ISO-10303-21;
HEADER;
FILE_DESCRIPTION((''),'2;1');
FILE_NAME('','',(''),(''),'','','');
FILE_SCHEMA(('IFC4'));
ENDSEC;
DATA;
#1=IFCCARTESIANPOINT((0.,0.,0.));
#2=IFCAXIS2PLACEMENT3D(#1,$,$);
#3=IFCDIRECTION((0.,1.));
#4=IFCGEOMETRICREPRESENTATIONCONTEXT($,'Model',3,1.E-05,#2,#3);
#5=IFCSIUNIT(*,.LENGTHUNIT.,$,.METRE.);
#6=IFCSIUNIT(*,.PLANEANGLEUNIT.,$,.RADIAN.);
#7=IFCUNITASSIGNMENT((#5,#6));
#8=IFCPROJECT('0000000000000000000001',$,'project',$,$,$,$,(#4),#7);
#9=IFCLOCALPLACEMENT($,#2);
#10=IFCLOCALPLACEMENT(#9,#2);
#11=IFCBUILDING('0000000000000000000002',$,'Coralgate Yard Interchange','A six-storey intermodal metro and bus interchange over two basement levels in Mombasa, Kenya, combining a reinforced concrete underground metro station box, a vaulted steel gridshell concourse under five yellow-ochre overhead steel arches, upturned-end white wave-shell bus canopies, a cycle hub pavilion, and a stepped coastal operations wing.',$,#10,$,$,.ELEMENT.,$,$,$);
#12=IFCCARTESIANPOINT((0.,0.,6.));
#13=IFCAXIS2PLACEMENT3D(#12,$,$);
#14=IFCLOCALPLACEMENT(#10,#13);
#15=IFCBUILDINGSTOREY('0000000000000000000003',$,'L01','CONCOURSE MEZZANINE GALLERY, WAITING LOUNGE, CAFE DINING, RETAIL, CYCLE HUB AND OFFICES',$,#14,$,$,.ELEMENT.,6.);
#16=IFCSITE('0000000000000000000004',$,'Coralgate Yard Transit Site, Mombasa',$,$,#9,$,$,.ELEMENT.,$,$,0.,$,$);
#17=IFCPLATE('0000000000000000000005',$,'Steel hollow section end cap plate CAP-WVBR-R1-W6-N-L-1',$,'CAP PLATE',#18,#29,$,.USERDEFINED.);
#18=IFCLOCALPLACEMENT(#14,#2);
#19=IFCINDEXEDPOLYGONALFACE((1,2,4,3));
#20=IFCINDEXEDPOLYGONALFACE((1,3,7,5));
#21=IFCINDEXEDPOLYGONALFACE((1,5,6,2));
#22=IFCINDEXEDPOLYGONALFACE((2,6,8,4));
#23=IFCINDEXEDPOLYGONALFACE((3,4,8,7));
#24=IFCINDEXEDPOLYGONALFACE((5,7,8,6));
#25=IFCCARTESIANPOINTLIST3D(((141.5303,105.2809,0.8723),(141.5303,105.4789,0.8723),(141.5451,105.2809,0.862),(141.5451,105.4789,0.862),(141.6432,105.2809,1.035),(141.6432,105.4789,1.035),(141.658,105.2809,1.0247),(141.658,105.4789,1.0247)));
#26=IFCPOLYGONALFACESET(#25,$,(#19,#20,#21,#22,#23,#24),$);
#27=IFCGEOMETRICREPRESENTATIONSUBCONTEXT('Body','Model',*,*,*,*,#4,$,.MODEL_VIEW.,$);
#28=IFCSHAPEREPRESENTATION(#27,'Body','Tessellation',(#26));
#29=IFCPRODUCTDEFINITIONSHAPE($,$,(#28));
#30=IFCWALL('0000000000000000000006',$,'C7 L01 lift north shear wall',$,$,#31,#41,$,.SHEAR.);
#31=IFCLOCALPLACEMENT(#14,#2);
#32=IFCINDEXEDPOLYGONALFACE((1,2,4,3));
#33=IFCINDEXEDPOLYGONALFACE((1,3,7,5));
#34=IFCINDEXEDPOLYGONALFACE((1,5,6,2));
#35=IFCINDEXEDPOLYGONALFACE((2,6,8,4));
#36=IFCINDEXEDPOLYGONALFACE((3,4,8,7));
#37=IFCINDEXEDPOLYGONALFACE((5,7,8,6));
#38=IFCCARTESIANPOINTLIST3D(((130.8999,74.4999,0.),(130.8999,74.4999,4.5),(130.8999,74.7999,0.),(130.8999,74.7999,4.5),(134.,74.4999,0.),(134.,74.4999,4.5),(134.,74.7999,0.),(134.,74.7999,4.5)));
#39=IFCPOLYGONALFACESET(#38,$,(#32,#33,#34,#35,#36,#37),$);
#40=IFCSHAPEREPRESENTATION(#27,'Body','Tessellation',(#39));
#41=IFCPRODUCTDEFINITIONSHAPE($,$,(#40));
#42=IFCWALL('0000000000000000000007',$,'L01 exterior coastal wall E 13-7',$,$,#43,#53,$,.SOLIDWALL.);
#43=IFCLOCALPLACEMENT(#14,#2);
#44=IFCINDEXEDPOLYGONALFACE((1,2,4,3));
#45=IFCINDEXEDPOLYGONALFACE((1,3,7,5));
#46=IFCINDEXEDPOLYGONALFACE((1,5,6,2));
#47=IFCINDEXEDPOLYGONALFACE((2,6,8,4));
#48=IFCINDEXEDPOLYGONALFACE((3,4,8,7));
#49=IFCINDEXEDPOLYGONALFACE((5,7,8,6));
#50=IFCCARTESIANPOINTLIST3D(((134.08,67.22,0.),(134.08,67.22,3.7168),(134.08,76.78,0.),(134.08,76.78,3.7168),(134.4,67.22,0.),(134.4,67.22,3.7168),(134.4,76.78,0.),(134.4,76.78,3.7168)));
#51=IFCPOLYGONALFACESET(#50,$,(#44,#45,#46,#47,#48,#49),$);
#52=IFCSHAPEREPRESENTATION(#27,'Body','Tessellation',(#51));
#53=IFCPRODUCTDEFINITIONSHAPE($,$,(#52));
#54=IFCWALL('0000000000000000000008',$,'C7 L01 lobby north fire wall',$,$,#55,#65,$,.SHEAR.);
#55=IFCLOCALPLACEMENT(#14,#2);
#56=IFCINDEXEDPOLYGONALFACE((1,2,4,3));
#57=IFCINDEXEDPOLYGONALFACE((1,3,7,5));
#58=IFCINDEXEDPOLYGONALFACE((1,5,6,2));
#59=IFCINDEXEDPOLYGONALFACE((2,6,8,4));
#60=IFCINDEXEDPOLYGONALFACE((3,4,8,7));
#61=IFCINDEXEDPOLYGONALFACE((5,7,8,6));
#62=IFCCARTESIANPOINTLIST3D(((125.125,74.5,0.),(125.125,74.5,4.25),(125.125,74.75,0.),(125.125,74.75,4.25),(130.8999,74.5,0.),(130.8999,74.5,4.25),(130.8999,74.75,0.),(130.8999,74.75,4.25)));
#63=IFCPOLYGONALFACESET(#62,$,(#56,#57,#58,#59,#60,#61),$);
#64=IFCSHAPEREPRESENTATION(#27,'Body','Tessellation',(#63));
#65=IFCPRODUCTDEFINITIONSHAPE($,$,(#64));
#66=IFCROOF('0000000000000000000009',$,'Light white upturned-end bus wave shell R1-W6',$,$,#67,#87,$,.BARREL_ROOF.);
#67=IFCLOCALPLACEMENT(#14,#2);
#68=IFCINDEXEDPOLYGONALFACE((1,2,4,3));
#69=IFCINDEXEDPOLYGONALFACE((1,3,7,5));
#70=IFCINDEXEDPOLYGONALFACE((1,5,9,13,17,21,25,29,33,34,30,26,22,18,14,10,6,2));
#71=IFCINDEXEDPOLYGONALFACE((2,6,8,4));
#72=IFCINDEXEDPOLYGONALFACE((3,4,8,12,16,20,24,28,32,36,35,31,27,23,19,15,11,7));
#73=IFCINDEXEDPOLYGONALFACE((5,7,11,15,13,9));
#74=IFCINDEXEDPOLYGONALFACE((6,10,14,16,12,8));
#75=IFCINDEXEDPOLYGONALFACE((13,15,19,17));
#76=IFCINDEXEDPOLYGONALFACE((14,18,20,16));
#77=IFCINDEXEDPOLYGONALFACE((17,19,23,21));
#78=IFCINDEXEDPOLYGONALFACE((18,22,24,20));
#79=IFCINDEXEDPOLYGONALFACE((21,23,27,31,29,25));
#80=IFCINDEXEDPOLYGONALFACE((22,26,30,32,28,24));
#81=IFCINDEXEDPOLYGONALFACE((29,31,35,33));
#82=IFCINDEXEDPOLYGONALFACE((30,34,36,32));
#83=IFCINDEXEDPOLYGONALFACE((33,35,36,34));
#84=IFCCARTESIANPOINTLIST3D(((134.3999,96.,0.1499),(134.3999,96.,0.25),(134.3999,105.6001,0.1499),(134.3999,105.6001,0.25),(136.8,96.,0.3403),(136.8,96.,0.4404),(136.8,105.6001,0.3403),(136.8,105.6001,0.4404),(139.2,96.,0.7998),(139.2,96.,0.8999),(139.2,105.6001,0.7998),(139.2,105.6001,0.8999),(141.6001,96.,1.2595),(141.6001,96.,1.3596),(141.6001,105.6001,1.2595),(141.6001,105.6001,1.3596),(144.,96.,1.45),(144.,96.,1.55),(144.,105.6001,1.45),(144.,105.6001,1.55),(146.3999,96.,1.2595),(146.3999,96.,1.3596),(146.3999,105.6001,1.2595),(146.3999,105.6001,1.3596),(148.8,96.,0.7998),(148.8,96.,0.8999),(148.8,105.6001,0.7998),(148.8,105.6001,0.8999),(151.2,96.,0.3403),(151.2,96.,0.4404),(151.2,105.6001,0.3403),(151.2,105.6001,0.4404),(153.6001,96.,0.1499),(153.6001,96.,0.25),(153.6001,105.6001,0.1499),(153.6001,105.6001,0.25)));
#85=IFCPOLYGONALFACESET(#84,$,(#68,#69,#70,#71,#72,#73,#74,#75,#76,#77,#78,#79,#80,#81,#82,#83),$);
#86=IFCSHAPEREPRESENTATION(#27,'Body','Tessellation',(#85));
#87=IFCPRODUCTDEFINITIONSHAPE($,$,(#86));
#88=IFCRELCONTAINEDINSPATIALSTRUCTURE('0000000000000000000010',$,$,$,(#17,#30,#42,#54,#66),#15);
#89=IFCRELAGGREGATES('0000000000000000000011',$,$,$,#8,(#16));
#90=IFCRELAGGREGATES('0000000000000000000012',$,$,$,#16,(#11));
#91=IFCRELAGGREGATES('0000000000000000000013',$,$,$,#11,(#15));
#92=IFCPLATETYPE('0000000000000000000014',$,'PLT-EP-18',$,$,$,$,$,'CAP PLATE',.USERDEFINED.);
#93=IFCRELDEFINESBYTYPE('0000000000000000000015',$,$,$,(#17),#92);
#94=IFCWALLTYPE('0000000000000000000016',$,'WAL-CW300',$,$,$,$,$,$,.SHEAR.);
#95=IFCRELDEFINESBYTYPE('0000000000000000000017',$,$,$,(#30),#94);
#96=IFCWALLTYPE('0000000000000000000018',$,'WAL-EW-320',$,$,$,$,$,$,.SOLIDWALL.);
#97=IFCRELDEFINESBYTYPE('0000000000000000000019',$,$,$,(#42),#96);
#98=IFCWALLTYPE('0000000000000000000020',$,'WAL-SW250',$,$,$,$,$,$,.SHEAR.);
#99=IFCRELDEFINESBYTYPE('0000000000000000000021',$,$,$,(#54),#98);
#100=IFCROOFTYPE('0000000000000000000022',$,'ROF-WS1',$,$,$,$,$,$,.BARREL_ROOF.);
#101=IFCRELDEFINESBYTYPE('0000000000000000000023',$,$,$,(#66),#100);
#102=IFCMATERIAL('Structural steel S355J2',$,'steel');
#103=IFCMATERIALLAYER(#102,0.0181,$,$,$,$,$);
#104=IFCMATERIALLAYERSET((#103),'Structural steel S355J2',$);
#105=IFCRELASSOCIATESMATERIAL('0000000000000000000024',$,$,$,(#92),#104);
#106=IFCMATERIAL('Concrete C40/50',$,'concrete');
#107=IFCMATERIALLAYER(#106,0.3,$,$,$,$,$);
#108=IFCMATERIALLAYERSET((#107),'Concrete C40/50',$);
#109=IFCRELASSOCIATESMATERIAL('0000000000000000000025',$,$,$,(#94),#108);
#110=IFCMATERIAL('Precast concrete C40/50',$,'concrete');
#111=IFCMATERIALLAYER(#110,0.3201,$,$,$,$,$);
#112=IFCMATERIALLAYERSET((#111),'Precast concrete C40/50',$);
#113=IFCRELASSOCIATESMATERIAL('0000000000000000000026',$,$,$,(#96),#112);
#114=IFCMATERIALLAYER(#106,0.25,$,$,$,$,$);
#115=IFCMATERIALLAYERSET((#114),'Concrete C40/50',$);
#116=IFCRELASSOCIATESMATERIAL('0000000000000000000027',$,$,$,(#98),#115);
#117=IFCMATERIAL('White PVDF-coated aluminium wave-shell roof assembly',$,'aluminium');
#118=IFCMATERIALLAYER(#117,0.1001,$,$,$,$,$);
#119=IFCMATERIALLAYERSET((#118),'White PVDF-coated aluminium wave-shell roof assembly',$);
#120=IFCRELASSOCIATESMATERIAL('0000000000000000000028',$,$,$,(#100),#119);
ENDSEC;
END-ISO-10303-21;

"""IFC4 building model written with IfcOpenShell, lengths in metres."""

from ifc_helpers import new_model, si_unit, direction, frame, frame_2d, origin, origin_2d, place, context, subcontext, project, spatial, polyline, rectangle, outline, extrude, material, layer, layer_set, type_object, element, save


model = new_model("IFC4")

# Units and contexts
model_context = context("Model", 3, precision=1e-05, world=origin(), true_north=direction((0.0, 1.0)))
body_context = subcontext(model_context, "Body", "Model", "MODEL_VIEW")
ifc_project = project(units=[si_unit("LENGTHUNIT", "METRE"), si_unit("PLANEANGLEUNIT", "RADIAN")], contexts=[model_context])

# Site, building, storey
site_placement = place(None, origin())
site = spatial("IfcSite", under=ifc_project, at=site_placement, Name="Coralgate Yard Transit Site, Mombasa", CompositionType="ELEMENT", RefElevation=0.0)
building_placement = place(site_placement, origin())
building = spatial("IfcBuilding", under=site, at=building_placement, Name="Coralgate Yard Interchange", Description="A six-storey intermodal metro and bus interchange over two basement levels in Mombasa, Kenya, combining a reinforced concrete underground metro station box, a vaulted steel gridshell concourse under five yellow-ochre overhead steel arches, upturned-end white wave-shell bus canopies, a cycle hub pavilion, and a stepped coastal operations wing.", CompositionType="ELEMENT")
storey_placement = place(building_placement, frame((0.0, 0.0, 6.0)))
storey = spatial("IfcBuildingStorey", under=building, at=storey_placement, Name="L01", Description="CONCOURSE MEZZANINE GALLERY, WAITING LOUNGE, CAFE DINING, RETAIL, CYCLE HUB AND OFFICES", CompositionType="ELEMENT", Elevation=6.0)

# Shared definitions
ifc_material_1 = material(Name="Structural steel S355J2", Category="steel")

# Plate
ifc_layer_1 = layer(ifc_material_1, 0.0181)
ifc_layer_set_1 = layer_set([ifc_layer_1], Name="Structural steel S355J2")
plate_type = type_object("IfcPlateType", Name="PLT-EP-18", ElementType="CAP PLATE", PredefinedType="USERDEFINED", material=ifc_layer_set_1)
for number, where, z_axis, x_axis, name in (
    (1, (141.6016, 105.3799, 0.9434), (-0.821436, 0.0, 0.570301), (0.0, -1.0, 0.0), "Steel hollow section end cap plate CAP-WVBR-R1-W6-N-L-1"),
):
    element("IfcPlate", number, at=place(storey_placement, frame(where, z_axis=z_axis, x_axis=x_axis)), inside=storey, type_object=plate_type, Name=name, ObjectType="CAP PLATE", PredefinedType="USERDEFINED", context=body_context, shape_type="SweptSolid", body=[
        extrude(rectangle(XDim=0.198, YDim=0.198, at=origin_2d()), origin(), (0.0, 0.0, 1.0), 0.0181),
    ])

# Shared definitions
ifc_material_2 = material(Name="Concrete C40/50", Category="concrete")
ifc_layer_2 = layer(ifc_material_2, 0.3)
ifc_layer_set_2 = layer_set([ifc_layer_2], Name="Concrete C40/50")
wall_type_1 = type_object("IfcWallType", Name="WAL-CW300", PredefinedType="SHEAR", material=ifc_layer_set_2)

# Walls
wall_1_placement = place(storey_placement, frame((130.8999, 74.6499, 0.0), z_axis=(0.0, 0.0, 1.0), x_axis=(1.0, 0.0, 0.0)))
element("IfcWall", 2, at=wall_1_placement, inside=storey, type_object=wall_type_1, Name="C7 L01 lift north shear wall", PredefinedType="SHEAR", context=body_context, shape_type="SweptSolid", body=[
    extrude(rectangle(XDim=3.1001, YDim=0.3, at=frame_2d((1.55, 0.0))), origin(), (0.0, 0.0, 1.0), 4.5),
])
ifc_material_3 = material(Name="Precast concrete C40/50", Category="concrete")
ifc_layer_3 = layer(ifc_material_3, 0.3201)
ifc_layer_set_3 = layer_set([ifc_layer_3], Name="Precast concrete C40/50")
wall_type_2 = type_object("IfcWallType", Name="WAL-EW-320", PredefinedType="SOLIDWALL", material=ifc_layer_set_3)
wall_2_placement = place(storey_placement, frame((134.24, 76.78, 0.0), z_axis=(0.0, 0.0, 1.0), x_axis=(0.0, -1.0, 0.0)))
element("IfcWall", 3, at=wall_2_placement, inside=storey, type_object=wall_type_2, Name="L01 exterior coastal wall E 13-7", PredefinedType="SOLIDWALL", context=body_context, shape_type="SweptSolid", body=[
    extrude(rectangle(XDim=9.5601, YDim=0.3201, at=frame_2d((4.78, 0.0))), origin(), (0.0, 0.0, 1.0), 3.7168),
])
ifc_layer_4 = layer(ifc_material_2, 0.25)
ifc_layer_set_4 = layer_set([ifc_layer_4], Name="Concrete C40/50")
wall_type_3 = type_object("IfcWallType", Name="WAL-SW250", PredefinedType="SHEAR", material=ifc_layer_set_4)
wall_3_placement = place(storey_placement, frame((130.8999, 74.625, 0.0), z_axis=(0.0, 0.0, 1.0), x_axis=(-1.0, 0.0, 0.0)))
element("IfcWall", 4, at=wall_3_placement, inside=storey, type_object=wall_type_3, Name="C7 L01 lobby north fire wall", PredefinedType="SHEAR", context=body_context, shape_type="SweptSolid", body=[
    extrude(rectangle(XDim=5.7749, YDim=0.25, at=frame_2d((2.8875, 0.0))), origin(), (0.0, 0.0, 1.0), 4.25),
])

# Roof
ifc_material_4 = material(Name="White PVDF-coated aluminium wave-shell roof assembly", Category="aluminium")
ifc_layer_5 = layer(ifc_material_4, 0.1001)
ifc_layer_set_5 = layer_set([ifc_layer_5], Name="White PVDF-coated aluminium wave-shell roof assembly")
roof_type = type_object("IfcRoofType", Name="ROF-WS1", PredefinedType="BARREL_ROOF", material=ifc_layer_set_5)
roof_placement = place(storey_placement, frame((134.3999, 96.0, 0.25), z_axis=(0.0, 1.0, 0.0), x_axis=(-1.0, 0.0, 0.0)))
element("IfcRoof", 5, at=roof_placement, inside=storey, type_object=roof_type, Name="Light white upturned-end bus wave shell R1-W6", PredefinedType="BARREL_ROOF", context=body_context, shape_type="SweptSolid", body=[
    extrude(outline(polyline([(0.0, 0.0), (-2.4001, 0.1904), (-4.8, 0.6499), (-7.2002, 1.1096), (-9.6001, 1.3), (-12.0, 1.1096), (-14.4001, 0.6499), (-16.8, 0.1904), (-19.2002, 0.0), (-19.2002, -0.1001), (-16.8, 0.0903), (-14.4001, 0.5498), (-12.0, 1.0095), (-9.6001, 1.2), (-7.2002, 1.0095), (-4.8, 0.5498), (-2.4001, 0.0903), (0.0, -0.1001), (0.0, 0.0)])), origin(), (0.0, 0.0, 1.0), 9.6001),
])

save(model, "model.ifc")
